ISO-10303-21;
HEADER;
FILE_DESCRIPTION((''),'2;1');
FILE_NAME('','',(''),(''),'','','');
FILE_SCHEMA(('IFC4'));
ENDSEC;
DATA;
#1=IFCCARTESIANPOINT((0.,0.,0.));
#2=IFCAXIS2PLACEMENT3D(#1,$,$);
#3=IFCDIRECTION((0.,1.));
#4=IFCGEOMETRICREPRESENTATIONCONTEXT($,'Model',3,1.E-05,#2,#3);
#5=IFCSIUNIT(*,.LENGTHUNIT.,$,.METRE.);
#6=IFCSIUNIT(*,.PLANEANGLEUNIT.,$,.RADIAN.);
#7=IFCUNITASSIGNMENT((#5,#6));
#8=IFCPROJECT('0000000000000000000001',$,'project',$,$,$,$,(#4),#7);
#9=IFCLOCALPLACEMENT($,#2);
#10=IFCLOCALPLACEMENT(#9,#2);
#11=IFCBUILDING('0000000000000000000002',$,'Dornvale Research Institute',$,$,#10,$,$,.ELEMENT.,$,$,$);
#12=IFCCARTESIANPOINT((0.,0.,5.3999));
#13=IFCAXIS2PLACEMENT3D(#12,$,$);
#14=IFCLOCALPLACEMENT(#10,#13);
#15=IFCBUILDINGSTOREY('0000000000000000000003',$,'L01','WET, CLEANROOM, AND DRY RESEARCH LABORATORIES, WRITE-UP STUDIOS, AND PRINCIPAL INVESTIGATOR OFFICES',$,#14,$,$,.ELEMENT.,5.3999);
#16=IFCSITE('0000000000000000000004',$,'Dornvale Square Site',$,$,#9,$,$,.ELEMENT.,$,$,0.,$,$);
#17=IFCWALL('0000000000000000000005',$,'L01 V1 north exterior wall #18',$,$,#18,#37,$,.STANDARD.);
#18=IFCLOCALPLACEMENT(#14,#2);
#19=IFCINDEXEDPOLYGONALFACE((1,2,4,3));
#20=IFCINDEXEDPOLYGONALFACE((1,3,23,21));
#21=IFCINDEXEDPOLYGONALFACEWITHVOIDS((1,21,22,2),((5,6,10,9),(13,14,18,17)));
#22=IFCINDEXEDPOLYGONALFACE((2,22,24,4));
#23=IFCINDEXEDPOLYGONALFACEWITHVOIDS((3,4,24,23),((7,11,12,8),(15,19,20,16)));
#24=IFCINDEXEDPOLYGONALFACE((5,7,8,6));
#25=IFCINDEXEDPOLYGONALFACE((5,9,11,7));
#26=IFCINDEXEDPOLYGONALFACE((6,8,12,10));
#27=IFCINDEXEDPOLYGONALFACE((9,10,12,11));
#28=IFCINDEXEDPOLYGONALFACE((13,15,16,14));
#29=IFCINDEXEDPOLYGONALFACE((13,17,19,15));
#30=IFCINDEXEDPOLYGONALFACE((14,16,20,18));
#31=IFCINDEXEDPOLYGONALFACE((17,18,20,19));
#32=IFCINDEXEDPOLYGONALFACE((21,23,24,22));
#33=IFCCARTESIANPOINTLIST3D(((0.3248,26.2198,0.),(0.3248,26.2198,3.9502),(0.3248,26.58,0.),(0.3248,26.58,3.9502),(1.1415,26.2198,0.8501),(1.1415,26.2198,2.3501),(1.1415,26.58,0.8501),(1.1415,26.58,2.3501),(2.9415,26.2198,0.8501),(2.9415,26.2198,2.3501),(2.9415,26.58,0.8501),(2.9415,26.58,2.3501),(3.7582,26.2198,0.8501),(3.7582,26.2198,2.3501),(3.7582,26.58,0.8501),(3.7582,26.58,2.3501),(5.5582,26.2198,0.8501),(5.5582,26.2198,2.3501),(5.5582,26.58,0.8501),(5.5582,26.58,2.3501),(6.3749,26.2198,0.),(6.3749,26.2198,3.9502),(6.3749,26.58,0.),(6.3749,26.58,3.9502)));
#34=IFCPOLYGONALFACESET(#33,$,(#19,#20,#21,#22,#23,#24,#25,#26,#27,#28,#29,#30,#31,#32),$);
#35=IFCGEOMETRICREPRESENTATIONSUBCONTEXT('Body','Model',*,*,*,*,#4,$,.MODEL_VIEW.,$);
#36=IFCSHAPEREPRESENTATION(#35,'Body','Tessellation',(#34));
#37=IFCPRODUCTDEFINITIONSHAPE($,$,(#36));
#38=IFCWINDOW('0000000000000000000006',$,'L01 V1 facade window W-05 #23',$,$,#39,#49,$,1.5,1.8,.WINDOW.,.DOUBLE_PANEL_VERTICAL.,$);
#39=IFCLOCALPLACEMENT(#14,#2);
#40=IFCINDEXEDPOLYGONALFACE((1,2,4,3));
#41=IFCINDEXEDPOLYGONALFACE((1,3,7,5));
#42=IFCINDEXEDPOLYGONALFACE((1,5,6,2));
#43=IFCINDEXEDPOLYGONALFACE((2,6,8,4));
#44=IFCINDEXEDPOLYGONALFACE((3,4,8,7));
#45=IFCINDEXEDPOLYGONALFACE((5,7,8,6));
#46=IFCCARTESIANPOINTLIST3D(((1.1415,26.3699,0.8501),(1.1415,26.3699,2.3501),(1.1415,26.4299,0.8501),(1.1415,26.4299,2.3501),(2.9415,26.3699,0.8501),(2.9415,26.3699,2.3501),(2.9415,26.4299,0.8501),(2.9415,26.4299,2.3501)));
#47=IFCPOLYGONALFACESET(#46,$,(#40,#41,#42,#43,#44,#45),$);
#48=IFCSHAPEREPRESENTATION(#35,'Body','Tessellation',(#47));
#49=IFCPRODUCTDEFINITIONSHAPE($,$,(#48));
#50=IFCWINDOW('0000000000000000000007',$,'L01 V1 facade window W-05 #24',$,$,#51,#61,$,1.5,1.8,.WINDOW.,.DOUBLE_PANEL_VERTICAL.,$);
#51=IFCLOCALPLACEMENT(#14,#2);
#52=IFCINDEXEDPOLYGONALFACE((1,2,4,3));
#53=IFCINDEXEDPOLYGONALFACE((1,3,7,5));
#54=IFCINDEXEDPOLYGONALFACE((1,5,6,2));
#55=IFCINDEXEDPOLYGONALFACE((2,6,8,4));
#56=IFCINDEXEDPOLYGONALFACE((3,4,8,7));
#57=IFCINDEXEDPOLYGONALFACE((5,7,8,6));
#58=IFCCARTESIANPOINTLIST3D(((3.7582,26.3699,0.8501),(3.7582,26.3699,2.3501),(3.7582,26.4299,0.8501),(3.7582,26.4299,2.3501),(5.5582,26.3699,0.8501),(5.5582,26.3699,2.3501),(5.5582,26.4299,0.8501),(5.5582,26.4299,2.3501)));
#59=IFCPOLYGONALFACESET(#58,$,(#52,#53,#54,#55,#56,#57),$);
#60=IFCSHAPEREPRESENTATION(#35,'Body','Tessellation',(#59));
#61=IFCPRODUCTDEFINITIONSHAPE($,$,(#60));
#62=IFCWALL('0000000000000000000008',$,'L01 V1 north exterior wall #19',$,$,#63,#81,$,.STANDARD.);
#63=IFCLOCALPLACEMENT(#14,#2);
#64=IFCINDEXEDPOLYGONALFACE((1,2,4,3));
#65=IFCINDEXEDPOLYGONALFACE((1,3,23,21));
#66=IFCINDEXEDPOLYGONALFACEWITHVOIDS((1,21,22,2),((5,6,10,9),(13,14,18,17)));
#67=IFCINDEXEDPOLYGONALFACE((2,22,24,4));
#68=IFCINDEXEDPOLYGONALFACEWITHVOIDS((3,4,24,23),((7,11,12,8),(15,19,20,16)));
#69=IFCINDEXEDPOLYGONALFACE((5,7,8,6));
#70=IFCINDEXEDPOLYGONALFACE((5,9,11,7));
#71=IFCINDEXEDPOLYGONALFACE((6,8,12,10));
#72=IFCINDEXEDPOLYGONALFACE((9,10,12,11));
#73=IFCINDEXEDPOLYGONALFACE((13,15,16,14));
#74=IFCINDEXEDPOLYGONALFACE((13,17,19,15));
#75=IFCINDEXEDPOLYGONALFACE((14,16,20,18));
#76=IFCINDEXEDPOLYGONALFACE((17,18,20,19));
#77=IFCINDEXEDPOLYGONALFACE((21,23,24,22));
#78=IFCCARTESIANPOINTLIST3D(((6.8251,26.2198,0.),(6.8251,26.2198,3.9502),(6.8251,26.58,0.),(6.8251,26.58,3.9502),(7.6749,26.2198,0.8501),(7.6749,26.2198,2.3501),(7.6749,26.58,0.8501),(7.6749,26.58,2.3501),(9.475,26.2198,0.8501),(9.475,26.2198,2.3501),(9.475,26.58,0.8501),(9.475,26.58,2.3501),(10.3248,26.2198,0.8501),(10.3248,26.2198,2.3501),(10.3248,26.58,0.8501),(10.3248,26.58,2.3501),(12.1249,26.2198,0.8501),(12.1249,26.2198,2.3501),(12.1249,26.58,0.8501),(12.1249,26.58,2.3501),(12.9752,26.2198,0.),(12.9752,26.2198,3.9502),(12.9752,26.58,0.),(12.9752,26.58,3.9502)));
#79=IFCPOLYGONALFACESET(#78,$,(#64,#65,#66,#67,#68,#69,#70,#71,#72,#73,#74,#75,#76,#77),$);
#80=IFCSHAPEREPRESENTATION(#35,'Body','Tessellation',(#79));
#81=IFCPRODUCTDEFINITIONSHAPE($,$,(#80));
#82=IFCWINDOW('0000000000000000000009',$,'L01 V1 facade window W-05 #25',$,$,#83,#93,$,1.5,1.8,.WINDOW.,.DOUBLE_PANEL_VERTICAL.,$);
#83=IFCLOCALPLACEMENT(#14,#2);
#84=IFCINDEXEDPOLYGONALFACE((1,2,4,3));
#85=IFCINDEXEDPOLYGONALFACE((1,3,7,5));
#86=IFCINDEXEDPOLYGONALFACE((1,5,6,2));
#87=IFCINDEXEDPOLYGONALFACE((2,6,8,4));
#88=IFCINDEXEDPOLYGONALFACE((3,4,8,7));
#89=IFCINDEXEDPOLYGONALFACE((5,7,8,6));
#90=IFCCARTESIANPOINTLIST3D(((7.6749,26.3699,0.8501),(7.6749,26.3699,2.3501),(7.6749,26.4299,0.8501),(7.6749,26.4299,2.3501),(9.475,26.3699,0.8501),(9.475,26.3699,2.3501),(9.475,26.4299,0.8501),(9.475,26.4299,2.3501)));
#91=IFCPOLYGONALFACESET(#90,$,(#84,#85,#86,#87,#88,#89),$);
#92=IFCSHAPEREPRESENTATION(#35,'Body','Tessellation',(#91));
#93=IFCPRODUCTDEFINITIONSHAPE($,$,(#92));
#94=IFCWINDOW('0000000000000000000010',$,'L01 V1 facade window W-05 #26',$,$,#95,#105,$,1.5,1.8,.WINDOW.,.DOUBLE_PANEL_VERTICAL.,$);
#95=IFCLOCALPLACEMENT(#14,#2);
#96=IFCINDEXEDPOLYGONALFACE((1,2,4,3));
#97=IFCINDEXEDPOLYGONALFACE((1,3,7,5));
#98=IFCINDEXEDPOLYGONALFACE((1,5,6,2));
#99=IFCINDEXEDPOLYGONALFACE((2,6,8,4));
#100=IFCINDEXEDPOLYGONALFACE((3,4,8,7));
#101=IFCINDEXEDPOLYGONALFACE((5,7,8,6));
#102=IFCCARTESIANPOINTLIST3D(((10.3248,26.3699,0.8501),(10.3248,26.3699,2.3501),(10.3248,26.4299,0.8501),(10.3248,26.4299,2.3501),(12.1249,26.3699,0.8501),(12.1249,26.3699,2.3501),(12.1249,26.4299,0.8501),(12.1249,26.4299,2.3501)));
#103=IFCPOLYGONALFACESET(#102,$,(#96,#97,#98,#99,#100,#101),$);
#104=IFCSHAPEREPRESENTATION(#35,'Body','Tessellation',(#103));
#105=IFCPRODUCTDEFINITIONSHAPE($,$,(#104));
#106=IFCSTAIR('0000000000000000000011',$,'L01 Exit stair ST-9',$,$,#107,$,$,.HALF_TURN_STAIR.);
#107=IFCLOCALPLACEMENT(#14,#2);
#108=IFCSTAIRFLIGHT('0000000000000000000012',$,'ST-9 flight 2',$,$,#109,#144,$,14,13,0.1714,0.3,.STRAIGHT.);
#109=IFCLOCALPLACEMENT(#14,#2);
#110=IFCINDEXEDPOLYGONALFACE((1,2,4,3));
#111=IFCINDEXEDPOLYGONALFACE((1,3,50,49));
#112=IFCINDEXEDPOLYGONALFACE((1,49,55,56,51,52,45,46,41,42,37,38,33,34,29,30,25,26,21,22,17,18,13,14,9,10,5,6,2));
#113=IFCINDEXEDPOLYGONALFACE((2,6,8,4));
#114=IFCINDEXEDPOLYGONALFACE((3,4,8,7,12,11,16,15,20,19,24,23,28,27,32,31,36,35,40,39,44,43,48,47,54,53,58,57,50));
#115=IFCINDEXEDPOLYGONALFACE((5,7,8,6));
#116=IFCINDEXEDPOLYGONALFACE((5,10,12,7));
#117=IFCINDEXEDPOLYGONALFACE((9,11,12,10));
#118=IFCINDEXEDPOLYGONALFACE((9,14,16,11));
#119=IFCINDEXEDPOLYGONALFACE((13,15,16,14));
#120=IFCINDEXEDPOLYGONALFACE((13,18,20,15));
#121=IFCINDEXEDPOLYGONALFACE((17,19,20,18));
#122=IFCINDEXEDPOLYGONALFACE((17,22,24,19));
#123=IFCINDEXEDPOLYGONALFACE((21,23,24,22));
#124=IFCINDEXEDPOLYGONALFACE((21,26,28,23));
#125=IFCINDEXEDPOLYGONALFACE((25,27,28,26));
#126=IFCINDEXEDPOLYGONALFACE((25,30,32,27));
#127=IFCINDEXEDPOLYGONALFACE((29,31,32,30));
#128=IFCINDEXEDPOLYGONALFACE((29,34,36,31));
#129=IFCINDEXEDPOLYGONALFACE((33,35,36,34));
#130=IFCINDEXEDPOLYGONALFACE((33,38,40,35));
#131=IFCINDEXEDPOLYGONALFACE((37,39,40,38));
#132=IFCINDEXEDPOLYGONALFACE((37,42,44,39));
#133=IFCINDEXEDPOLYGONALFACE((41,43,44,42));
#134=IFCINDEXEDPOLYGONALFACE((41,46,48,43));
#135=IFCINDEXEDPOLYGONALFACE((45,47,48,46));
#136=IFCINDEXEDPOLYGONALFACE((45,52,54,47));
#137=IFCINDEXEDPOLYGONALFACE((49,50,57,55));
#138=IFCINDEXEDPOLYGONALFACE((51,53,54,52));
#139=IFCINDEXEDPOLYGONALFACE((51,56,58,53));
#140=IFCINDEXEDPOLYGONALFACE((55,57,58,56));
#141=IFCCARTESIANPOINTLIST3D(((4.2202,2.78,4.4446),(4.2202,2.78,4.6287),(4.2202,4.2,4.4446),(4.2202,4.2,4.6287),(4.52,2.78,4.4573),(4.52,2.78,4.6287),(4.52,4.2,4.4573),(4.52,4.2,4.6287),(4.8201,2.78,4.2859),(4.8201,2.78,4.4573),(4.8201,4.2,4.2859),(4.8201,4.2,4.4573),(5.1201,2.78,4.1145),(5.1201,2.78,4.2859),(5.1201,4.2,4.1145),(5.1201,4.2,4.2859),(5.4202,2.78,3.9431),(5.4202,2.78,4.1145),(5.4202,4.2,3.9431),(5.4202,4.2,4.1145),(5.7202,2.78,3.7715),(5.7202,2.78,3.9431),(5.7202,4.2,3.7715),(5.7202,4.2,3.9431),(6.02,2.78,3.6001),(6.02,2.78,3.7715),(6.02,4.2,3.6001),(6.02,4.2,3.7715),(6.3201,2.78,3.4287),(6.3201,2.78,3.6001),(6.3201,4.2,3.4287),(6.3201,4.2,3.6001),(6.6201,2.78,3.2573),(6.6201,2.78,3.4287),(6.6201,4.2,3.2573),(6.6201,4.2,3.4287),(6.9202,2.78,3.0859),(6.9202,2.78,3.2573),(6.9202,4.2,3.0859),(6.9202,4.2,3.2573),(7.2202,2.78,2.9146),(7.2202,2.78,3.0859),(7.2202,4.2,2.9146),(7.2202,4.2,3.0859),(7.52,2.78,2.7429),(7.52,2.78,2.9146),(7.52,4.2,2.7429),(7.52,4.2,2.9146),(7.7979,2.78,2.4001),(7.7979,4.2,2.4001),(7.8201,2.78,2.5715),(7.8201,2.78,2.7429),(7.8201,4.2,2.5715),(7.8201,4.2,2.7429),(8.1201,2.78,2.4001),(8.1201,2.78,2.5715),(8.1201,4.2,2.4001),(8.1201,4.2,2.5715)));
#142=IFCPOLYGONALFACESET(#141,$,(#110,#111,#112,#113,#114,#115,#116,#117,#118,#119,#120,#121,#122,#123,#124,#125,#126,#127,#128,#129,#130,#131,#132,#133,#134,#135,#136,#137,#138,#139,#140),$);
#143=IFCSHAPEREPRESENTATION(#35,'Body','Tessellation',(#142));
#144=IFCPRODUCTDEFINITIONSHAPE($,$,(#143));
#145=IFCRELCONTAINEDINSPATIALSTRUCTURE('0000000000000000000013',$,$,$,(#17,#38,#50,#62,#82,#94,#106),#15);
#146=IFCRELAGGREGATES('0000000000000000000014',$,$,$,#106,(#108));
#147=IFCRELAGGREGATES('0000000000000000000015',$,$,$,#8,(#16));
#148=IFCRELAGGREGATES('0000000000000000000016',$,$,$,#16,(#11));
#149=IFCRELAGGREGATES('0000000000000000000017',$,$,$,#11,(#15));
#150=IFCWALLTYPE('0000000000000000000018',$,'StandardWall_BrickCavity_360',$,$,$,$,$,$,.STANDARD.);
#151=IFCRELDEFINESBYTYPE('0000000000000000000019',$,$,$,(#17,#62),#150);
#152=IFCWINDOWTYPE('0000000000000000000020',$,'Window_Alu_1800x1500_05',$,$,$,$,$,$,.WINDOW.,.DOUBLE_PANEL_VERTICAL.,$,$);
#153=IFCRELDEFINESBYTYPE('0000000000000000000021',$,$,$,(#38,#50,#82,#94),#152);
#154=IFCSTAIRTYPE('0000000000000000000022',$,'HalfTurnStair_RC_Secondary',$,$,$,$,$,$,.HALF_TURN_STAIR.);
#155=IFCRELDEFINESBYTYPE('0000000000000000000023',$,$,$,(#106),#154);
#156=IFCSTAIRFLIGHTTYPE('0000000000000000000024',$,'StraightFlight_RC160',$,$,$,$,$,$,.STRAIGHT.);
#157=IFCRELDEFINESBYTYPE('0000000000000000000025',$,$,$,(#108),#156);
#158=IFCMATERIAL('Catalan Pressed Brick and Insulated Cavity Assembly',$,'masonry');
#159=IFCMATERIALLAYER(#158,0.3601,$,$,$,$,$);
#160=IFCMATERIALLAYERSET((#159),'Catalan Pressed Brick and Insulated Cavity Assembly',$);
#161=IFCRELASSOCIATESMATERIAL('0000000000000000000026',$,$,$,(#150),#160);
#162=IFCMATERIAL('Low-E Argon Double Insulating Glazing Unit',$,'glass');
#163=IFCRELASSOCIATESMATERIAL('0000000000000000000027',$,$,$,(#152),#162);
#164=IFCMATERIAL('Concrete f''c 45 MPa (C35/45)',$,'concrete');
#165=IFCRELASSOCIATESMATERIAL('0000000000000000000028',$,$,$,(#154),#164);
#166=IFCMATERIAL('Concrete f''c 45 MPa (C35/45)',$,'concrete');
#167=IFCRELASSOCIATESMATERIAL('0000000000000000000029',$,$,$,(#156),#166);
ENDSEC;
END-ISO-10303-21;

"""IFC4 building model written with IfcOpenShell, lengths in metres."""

from ifc_helpers import new_model, si_unit, direction, frame, frame_2d, origin, place, context, subcontext, project, spatial, polyline, rectangle, outline, extrude, material, layer, layer_set, type_object, element, fill, aggregate, save


model = new_model("IFC4")

# Units and contexts
model_context = context("Model", 3, precision=1e-05, world=origin(), true_north=direction((0.0, 1.0)))
body_context = subcontext(model_context, "Body", "Model", "MODEL_VIEW")
ifc_project = project(units=[si_unit("LENGTHUNIT", "METRE"), si_unit("PLANEANGLEUNIT", "RADIAN")], contexts=[model_context])

# Site, building, storey
site_placement = place(None, origin())
site = spatial("IfcSite", under=ifc_project, at=site_placement, Name="Dornvale Square Site", CompositionType="ELEMENT", RefElevation=0.0)
building_placement = place(site_placement, origin())
building = spatial("IfcBuilding", under=site, at=building_placement, Name="Dornvale Research Institute", CompositionType="ELEMENT")
storey_placement = place(building_placement, frame((0.0, 0.0, 5.3999)))
storey = spatial("IfcBuildingStorey", under=building, at=storey_placement, Name="L01", Description="WET, CLEANROOM, AND DRY RESEARCH LABORATORIES, WRITE-UP STUDIOS, AND PRINCIPAL INVESTIGATOR OFFICES", CompositionType="ELEMENT", Elevation=5.3999)

# Walls, openings, windows
ifc_material_1 = material(Name="Catalan Pressed Brick and Insulated Cavity Assembly", Category="masonry")
ifc_layer_1 = layer(ifc_material_1, 0.3601)
ifc_layer_set_1 = layer_set([ifc_layer_1], Name="Catalan Pressed Brick and Insulated Cavity Assembly")
wall_type_1 = type_object("IfcWallType", Name="StandardWall_BrickCavity_360", PredefinedType="STANDARD", material=ifc_layer_set_1)
wall_1_placement = place(storey_placement, frame((0.325, 26.3999, 0.0), z_axis=(0.0, 0.0, 1.0), x_axis=(1.0, 0.0, 0.0)))
wall_1 = element("IfcWall", 1, at=wall_1_placement, inside=storey, type_object=wall_type_1, Name="L01 V1 north exterior wall #18", PredefinedType="STANDARD", context=body_context, shape_type="SweptSolid", body=[
    extrude(rectangle(XDim=6.05, YDim=0.3601, at=frame_2d((3.0249, 0.0))), origin(), (0.0, 0.0, 1.0), 3.9502),
])
opening_1_placement = place(wall_1_placement, frame((0.8167, 0.0, 0.8501)))
opening_1 = element("IfcOpeningElement", 2, at=opening_1_placement, cuts=wall_1, PredefinedType="OPENING", context=body_context, shape_type="SweptSolid", body=[
    extrude(rectangle(XDim=1.8, YDim=1.5, at=frame_2d((0.8999, 0.75))), frame((0.0, 0.1951, 0.0), z_axis=(0.0, -1.0, 0.0), x_axis=(1.0, 0.0, 0.0)), (0.0, 0.0, 1.0), 0.3901),
])
opening_2_placement = place(wall_1_placement, frame((3.4333, 0.0, 0.8501)))
opening_2 = element("IfcOpeningElement", 3, at=opening_2_placement, cuts=wall_1, PredefinedType="OPENING", context=body_context, shape_type="SweptSolid", body=[
    extrude(rectangle(XDim=1.8, YDim=1.5, at=frame_2d((0.8999, 0.75))), frame((0.0, 0.1951, 0.0), z_axis=(0.0, -1.0, 0.0), x_axis=(1.0, 0.0, 0.0)), (0.0, 0.0, 1.0), 0.3901),
])
ifc_material_2 = material(Name="Low-E Argon Double Insulating Glazing Unit", Category="glass")
window_type = type_object("IfcWindowType", Name="Window_Alu_1800x1500_05", PartitioningType="DOUBLE_PANEL_VERTICAL", PredefinedType="WINDOW", material=ifc_material_2)
window_1_placement = place(opening_1_placement, origin())
window_1 = element("IfcWindow", 4, at=window_1_placement, inside=storey, type_object=window_type, Name="L01 V1 facade window W-05 #23", OverallHeight=1.5, OverallWidth=1.8, PartitioningType="DOUBLE_PANEL_VERTICAL", PredefinedType="WINDOW", context=body_context, shape_type="SweptSolid", body=[
    extrude(rectangle(XDim=1.8, YDim=1.5, at=frame_2d((0.8999, 0.75))), frame((0.0, 0.03, 0.0), z_axis=(0.0, -1.0, 0.0), x_axis=(1.0, 0.0, 0.0)), (0.0, 0.0, 1.0), 0.0601),
])
fill(opening_1, window_1)
window_2_placement = place(opening_2_placement, origin())
window_2 = element("IfcWindow", 5, at=window_2_placement, inside=storey, type_object=window_type, Name="L01 V1 facade window W-05 #24", OverallHeight=1.5, OverallWidth=1.8, PartitioningType="DOUBLE_PANEL_VERTICAL", PredefinedType="WINDOW", context=body_context, shape_type="SweptSolid", body=[
    extrude(rectangle(XDim=1.8, YDim=1.5, at=frame_2d((0.8999, 0.75))), frame((0.0, 0.03, 0.0), z_axis=(0.0, -1.0, 0.0), x_axis=(1.0, 0.0, 0.0)), (0.0, 0.0, 1.0), 0.0601),
])
fill(opening_2, window_2)
wall_2_placement = place(storey_placement, frame((6.825, 26.3999, 0.0), z_axis=(0.0, 0.0, 1.0), x_axis=(1.0, 0.0, 0.0)))
wall_2 = element("IfcWall", 6, at=wall_2_placement, inside=storey, type_object=wall_type_1, Name="L01 V1 north exterior wall #19", PredefinedType="STANDARD", context=body_context, shape_type="SweptSolid", body=[
    extrude(rectangle(XDim=6.1501, YDim=0.3601, at=frame_2d((3.0752, 0.0))), origin(), (0.0, 0.0, 1.0), 3.9502),
])
opening_3_placement = place(wall_2_placement, frame((0.8501, 0.0, 0.8501)))
opening_3 = element("IfcOpeningElement", 7, at=opening_3_placement, cuts=wall_2, PredefinedType="OPENING", context=body_context, shape_type="SweptSolid", body=[
    extrude(rectangle(XDim=1.8, YDim=1.5, at=frame_2d((0.8999, 0.75))), frame((0.0, 0.1951, 0.0), z_axis=(0.0, -1.0, 0.0), x_axis=(1.0, 0.0, 0.0)), (0.0, 0.0, 1.0), 0.3901),
])
opening_4_placement = place(wall_2_placement, frame((3.5, 0.0, 0.8501)))
opening_4 = element("IfcOpeningElement", 8, at=opening_4_placement, cuts=wall_2, PredefinedType="OPENING", context=body_context, shape_type="SweptSolid", body=[
    extrude(rectangle(XDim=1.8, YDim=1.5, at=frame_2d((0.8999, 0.75))), frame((0.0, 0.1951, 0.0), z_axis=(0.0, -1.0, 0.0), x_axis=(1.0, 0.0, 0.0)), (0.0, 0.0, 1.0), 0.3901),
])
window_3_placement = place(opening_3_placement, origin())
window_3 = element("IfcWindow", 9, at=window_3_placement, inside=storey, type_object=window_type, Name="L01 V1 facade window W-05 #25", OverallHeight=1.5, OverallWidth=1.8, PartitioningType="DOUBLE_PANEL_VERTICAL", PredefinedType="WINDOW", context=body_context, shape_type="SweptSolid", body=[
    extrude(rectangle(XDim=1.8, YDim=1.5, at=frame_2d((0.8999, 0.75))), frame((0.0, 0.03, 0.0), z_axis=(0.0, -1.0, 0.0), x_axis=(1.0, 0.0, 0.0)), (0.0, 0.0, 1.0), 0.0601),
])
fill(opening_3, window_3)
window_4_placement = place(opening_4_placement, origin())
window_4 = element("IfcWindow", 10, at=window_4_placement, inside=storey, type_object=window_type, Name="L01 V1 facade window W-05 #26", OverallHeight=1.5, OverallWidth=1.8, PartitioningType="DOUBLE_PANEL_VERTICAL", PredefinedType="WINDOW", context=body_context, shape_type="SweptSolid", body=[
    extrude(rectangle(XDim=1.8, YDim=1.5, at=frame_2d((0.8999, 0.75))), frame((0.0, 0.03, 0.0), z_axis=(0.0, -1.0, 0.0), x_axis=(1.0, 0.0, 0.0)), (0.0, 0.0, 1.0), 0.0601),
])
fill(opening_4, window_4)

# Stair, stair flight
ifc_material_3 = material(Name="Concrete f'c 45 MPa (C35/45)", Category="concrete")
stair_type = type_object("IfcStairType", Name="HalfTurnStair_RC_Secondary", PredefinedType="HALF_TURN_STAIR", material=ifc_material_3)
stair_placement = place(storey_placement, origin())
stair = element("IfcStair", 11, at=stair_placement, inside=storey, type_object=stair_type, Name="L01 Exit stair ST-9", PredefinedType="HALF_TURN_STAIR")
ifc_material_4 = material(Name="Concrete f'c 45 MPa (C35/45)", Category="concrete")
stair_flight_type = type_object("IfcStairFlightType", Name="StraightFlight_RC160", PredefinedType="STRAIGHT", material=ifc_material_4)
stair_flight_placement = place(storey_placement, frame((8.1201, 3.49, 2.4001), z_axis=(0.0, 0.0, 1.0), x_axis=(-1.0, 0.0, 0.0)))
stair_flight = element("IfcStairFlight", 12, at=stair_flight_placement, type_object=stair_flight_type, Name="ST-9 flight 2", NumberOfRisers=14, NumberOfTreads=13, PredefinedType="STRAIGHT", RiserHeight=0.1714, TreadLength=0.3, context=body_context, shape_type="SweptSolid", body=[
    extrude(outline(polyline([(0.0, 0.0), (0.0, 0.1714), (0.3, 0.1714), (0.3, 0.3428), (0.6001, 0.3428), (0.6001, 0.5144), (0.8999, 0.5144), (0.8999, 0.6858), (1.2, 0.6858), (1.2, 0.8572), (1.5, 0.8572), (1.5, 1.0286), (1.8, 1.0286), (1.8, 1.2), (2.1001, 1.2), (2.1001, 1.3713), (2.3999, 1.3713), (2.3999, 1.543), (2.7, 1.543), (2.7, 1.7144), (3.0, 1.7144), (3.0, 1.8857), (3.3, 1.8857), (3.3, 2.0571), (3.6001, 2.0571), (3.6001, 2.2285), (3.8999, 2.2285), (3.8999, 2.3999), (3.8999, 2.0444), (0.3223, 0.0), (0.0, 0.0)])), frame((0.0, 0.71, 0.0), z_axis=(0.0, -1.0, 0.0), x_axis=(1.0, 0.0, 0.0)), (0.0, 0.0, 1.0), 1.4199),
])
aggregate(stair, [stair_flight])

save(model, "model.ifc")
